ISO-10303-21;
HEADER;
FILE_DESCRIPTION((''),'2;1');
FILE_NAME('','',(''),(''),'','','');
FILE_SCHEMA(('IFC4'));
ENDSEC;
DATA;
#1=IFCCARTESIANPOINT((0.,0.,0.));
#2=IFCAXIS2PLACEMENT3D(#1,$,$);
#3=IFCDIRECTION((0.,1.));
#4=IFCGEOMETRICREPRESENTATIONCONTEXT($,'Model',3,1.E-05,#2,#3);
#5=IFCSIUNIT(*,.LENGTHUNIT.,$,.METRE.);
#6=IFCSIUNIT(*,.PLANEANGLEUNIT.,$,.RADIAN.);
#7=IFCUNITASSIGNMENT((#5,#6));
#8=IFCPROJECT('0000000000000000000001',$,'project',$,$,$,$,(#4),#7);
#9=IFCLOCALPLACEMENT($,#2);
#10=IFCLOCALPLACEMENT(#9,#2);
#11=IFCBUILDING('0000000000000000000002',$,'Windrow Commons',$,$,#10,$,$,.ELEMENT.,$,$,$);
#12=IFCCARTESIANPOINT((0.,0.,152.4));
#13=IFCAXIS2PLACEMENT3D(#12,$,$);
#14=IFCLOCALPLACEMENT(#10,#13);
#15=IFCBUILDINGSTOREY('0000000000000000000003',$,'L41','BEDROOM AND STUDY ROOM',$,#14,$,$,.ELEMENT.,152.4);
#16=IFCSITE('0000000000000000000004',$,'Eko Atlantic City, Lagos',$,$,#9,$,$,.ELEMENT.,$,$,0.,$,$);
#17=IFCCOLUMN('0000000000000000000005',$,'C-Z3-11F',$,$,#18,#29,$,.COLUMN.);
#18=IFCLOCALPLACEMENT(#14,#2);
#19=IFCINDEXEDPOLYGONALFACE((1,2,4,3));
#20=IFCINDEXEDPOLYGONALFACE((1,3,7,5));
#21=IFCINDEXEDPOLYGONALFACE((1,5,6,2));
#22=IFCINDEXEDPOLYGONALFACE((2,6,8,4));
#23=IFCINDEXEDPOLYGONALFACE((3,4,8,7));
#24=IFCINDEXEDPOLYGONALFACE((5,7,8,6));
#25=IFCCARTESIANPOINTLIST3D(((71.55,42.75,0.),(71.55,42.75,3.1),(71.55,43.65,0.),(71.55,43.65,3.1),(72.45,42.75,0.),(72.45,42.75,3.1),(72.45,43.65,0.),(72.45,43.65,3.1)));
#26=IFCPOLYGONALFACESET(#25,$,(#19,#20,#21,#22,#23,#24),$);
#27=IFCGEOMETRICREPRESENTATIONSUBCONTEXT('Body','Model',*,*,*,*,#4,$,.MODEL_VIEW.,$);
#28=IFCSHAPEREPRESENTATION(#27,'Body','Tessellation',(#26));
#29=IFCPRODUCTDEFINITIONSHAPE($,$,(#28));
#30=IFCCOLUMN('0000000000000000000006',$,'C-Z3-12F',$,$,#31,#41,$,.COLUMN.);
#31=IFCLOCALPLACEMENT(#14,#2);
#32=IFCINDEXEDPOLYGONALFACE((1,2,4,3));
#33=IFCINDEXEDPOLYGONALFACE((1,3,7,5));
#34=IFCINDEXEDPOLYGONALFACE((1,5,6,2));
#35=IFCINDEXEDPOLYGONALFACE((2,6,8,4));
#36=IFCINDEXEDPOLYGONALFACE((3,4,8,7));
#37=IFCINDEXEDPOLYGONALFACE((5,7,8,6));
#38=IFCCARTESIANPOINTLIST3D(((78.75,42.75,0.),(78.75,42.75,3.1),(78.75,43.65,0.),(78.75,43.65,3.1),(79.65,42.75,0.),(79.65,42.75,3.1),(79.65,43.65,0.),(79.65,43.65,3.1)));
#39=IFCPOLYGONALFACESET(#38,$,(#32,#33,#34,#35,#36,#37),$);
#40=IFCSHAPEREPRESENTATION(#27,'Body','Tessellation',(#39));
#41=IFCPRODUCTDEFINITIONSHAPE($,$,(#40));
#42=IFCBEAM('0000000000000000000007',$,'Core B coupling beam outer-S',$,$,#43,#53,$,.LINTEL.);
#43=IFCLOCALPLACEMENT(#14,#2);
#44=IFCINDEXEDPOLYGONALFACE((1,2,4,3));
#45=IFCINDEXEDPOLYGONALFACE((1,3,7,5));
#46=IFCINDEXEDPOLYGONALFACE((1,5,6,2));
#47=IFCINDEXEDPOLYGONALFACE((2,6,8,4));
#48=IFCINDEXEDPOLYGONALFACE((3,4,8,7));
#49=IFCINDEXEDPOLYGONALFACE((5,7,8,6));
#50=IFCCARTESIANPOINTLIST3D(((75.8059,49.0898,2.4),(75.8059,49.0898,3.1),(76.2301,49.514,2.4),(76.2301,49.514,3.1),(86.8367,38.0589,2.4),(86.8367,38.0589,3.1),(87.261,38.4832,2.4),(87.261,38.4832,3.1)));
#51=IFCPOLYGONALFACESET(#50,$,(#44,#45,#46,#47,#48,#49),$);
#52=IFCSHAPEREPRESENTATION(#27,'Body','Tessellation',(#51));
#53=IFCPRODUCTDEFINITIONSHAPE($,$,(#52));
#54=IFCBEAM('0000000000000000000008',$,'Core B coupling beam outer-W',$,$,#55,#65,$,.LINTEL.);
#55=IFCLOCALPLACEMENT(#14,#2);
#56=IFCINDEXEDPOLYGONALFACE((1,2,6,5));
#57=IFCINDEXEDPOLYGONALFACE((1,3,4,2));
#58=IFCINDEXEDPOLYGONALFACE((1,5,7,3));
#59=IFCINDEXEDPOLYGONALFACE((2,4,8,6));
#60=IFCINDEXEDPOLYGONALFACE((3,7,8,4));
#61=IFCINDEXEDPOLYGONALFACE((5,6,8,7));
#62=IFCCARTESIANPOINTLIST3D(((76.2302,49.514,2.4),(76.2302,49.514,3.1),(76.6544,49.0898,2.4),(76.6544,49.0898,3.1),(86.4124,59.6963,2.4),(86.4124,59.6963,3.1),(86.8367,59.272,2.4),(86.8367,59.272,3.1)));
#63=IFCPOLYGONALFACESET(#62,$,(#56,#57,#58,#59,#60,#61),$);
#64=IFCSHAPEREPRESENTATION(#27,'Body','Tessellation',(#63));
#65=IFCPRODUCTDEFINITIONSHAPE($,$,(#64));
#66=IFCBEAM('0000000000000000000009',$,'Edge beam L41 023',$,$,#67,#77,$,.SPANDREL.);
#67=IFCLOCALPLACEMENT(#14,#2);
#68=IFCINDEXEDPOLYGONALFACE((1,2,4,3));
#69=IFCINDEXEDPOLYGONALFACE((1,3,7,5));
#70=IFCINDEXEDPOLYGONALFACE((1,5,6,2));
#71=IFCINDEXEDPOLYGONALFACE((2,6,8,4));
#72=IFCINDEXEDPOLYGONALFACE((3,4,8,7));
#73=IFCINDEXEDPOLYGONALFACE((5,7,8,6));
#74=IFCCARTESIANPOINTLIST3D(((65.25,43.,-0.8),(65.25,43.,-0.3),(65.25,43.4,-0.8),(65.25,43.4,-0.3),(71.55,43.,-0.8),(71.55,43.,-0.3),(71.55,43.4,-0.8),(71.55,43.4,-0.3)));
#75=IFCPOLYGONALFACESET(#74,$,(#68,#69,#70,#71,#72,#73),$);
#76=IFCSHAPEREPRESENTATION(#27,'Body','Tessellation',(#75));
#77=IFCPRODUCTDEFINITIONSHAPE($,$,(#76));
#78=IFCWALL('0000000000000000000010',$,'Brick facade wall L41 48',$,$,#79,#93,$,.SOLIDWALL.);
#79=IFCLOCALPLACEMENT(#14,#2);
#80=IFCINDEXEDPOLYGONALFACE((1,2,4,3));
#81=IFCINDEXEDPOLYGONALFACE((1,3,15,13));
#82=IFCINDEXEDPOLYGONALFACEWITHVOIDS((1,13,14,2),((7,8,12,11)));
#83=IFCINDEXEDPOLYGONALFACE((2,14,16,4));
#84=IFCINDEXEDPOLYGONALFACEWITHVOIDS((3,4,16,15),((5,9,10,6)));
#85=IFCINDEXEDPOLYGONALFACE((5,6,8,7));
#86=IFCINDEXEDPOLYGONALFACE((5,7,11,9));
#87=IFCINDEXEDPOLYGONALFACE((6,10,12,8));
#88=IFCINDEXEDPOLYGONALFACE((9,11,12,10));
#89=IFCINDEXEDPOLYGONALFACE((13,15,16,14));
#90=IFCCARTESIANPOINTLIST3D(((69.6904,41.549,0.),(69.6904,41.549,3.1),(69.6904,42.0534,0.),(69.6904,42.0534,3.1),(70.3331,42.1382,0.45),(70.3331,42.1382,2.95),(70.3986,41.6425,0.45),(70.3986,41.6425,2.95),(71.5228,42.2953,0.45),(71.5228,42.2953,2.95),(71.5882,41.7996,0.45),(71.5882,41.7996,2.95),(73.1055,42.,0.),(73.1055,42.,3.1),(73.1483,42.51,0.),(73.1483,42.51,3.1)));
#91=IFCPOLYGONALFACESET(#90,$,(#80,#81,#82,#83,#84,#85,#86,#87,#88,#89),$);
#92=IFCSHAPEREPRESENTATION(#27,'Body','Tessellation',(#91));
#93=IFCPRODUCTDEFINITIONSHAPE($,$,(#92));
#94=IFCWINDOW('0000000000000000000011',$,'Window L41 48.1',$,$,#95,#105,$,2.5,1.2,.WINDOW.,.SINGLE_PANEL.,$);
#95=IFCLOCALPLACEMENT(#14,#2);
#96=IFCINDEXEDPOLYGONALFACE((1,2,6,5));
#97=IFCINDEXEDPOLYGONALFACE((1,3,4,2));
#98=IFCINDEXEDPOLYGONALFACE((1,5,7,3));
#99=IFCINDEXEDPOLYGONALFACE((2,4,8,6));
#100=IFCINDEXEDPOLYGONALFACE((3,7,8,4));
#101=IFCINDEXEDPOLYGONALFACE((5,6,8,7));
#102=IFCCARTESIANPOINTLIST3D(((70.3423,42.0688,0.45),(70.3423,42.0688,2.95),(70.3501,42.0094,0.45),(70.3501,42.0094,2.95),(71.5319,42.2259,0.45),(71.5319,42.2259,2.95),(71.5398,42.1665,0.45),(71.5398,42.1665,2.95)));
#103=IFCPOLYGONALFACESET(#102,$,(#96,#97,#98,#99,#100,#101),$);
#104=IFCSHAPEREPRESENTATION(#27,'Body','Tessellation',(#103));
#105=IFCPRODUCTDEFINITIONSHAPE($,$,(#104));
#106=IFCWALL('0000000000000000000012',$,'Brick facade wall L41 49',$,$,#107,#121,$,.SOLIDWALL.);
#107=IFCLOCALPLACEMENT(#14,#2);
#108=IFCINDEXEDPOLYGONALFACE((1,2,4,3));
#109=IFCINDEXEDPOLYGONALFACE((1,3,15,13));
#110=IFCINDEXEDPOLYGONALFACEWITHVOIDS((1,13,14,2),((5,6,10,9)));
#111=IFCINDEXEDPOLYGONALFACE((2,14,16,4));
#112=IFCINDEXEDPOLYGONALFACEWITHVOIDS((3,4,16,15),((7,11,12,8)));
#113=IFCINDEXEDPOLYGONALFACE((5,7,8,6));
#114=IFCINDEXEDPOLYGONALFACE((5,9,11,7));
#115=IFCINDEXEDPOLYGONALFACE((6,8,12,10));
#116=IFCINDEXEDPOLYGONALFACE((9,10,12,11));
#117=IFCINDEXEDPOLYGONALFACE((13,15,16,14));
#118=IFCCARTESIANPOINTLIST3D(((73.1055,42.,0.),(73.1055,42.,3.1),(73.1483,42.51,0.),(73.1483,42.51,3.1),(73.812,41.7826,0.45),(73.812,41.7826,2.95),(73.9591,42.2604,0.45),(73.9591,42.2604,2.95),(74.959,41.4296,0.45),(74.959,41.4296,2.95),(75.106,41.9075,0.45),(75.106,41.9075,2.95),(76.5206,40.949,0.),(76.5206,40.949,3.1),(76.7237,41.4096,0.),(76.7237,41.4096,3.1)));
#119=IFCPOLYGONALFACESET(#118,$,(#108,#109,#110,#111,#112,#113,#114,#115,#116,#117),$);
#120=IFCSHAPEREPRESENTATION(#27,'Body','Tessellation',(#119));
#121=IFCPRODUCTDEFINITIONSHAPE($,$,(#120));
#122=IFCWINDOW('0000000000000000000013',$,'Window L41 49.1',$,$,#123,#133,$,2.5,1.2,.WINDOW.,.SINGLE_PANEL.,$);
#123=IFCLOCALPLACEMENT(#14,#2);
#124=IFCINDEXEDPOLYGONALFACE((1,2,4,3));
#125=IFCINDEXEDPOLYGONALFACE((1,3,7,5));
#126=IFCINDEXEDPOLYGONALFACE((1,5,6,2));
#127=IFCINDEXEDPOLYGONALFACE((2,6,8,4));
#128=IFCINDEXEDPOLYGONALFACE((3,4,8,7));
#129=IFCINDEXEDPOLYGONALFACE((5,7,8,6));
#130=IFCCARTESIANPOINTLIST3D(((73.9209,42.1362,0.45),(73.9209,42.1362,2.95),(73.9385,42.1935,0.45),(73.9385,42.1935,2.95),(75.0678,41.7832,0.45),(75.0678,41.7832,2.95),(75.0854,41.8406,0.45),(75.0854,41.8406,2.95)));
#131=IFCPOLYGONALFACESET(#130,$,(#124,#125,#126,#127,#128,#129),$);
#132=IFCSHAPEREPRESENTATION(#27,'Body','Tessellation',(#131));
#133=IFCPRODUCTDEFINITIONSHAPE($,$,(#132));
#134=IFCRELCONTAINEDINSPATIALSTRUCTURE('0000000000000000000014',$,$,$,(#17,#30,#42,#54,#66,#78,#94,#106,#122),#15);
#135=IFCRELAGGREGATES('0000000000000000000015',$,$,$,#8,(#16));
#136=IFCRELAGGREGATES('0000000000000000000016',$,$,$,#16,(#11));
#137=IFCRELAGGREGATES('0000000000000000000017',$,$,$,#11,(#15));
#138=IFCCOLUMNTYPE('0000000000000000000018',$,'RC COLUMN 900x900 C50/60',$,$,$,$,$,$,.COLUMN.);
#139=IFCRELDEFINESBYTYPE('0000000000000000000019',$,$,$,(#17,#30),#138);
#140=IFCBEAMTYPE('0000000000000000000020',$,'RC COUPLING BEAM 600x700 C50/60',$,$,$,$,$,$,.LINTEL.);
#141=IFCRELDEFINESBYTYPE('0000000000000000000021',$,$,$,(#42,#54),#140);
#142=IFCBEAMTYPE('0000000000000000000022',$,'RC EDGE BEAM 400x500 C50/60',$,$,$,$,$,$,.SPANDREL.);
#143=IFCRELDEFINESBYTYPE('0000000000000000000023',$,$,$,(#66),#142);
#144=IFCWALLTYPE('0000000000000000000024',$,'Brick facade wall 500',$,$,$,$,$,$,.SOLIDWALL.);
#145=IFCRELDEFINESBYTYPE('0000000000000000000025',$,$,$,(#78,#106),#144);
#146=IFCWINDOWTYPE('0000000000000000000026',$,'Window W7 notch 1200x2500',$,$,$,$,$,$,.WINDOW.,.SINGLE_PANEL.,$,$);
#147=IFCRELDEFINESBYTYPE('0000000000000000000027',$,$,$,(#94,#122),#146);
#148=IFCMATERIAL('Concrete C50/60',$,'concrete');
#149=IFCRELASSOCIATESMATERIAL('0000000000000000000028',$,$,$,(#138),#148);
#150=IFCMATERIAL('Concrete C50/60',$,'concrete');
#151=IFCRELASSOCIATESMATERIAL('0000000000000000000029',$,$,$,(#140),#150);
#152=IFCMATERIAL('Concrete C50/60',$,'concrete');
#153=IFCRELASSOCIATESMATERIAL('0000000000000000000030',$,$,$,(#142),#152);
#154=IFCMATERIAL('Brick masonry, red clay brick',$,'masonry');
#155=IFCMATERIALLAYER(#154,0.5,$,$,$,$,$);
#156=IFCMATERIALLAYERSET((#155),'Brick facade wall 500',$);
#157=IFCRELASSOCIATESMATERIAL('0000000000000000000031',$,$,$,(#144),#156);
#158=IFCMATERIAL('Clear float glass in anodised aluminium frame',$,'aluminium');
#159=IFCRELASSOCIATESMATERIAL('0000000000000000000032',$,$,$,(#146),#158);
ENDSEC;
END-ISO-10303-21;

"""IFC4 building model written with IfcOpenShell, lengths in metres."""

from ifc_helpers import new_model, si_unit, direction, frame, frame_2d, origin, origin_2d, place, context, subcontext, project, spatial, polyline, rectangle, outline, extrude, material, layer, layer_set, material_profile, profile_set, type_object, element, fill, save


model = new_model("IFC4")

# Units and contexts
model_context = context("Model", 3, precision=1e-05, world=origin(), true_north=direction((0.0, 1.0)))
body_context = subcontext(model_context, "Body", "Model", "MODEL_VIEW")
ifc_project = project(units=[si_unit("LENGTHUNIT", "METRE"), si_unit("PLANEANGLEUNIT", "RADIAN")], contexts=[model_context])

# Site, building, storey
site_placement = place(None, origin())
site = spatial("IfcSite", under=ifc_project, at=site_placement, Name="Eko Atlantic City, Lagos", CompositionType="ELEMENT", RefElevation=0.0)
building_placement = place(site_placement, origin())
building = spatial("IfcBuilding", under=site, at=building_placement, Name="Windrow Commons", CompositionType="ELEMENT")
storey_placement = place(building_placement, frame((0.0, 0.0, 152.4)))
storey = spatial("IfcBuildingStorey", under=building, at=storey_placement, Name="L41", Description="BEDROOM AND STUDY ROOM", CompositionType="ELEMENT", Elevation=152.4)

# Columns
ifc_material_1 = material(Name="Concrete C50/60", Category="concrete")
ifc_material_profile_1 = material_profile(ifc_material_1, rectangle(XDim=0.9, YDim=0.9, at=origin_2d()))
ifc_profile_set_1 = profile_set([ifc_material_profile_1], Name="Concrete C50/60")
column_type = type_object("IfcColumnType", Name="RC COLUMN 900x900 C50/60", PredefinedType="COLUMN", material=ifc_profile_set_1)
for number, where, z_axis, x_axis, name in (
    (1, (72.0, 43.2, 0.0), (0.0, 0.0, 1.0), (1.0, 0.0, 0.0), "C-Z3-11F"),
    (2, (79.2, 43.2, 0.0), (0.0, 0.0, 1.0), (1.0, 0.0, 0.0), "C-Z3-12F"),
):
    element("IfcColumn", number, at=place(storey_placement, frame(where, z_axis=z_axis, x_axis=x_axis)), inside=storey, type_object=column_type, Name=name, PredefinedType="COLUMN", context=body_context, shape_type="SweptSolid", body=[
        extrude(rectangle(XDim=0.9, YDim=0.9, at=origin_2d()), origin(), (0.0, 0.0, 1.0), 3.1),
    ])

# Beams
ifc_material_2 = material(Name="Concrete C50/60", Category="concrete")
ifc_material_profile_2 = material_profile(ifc_material_2, rectangle(XDim=0.6, YDim=0.7, at=origin_2d()))
ifc_profile_set_2 = profile_set([ifc_material_profile_2], Name="Concrete C50/60")
beam_type_1 = type_object("IfcBeamType", Name="RC COUPLING BEAM 600x700 C50/60", PredefinedType="LINTEL", material=ifc_profile_set_2)
beam_1_placement = place(storey_placement, frame((76.018, 49.3019, 2.75), z_axis=(0.707107, -0.707107, 0.0), x_axis=(0.707107, 0.707107, 0.0)))
element("IfcBeam", 3, at=beam_1_placement, inside=storey, type_object=beam_type_1, Name="Core B coupling beam outer-S", PredefinedType="LINTEL", context=body_context, shape_type="SweptSolid", body=[
    extrude(rectangle(XDim=0.6, YDim=0.7, at=origin_2d()), origin(), (0.0, 0.0, 1.0), 15.6),
])
beam_2_placement = place(storey_placement, frame((76.4423, 49.3019, 2.75), z_axis=(0.707107, 0.707107, 0.0), x_axis=(-0.707107, 0.707107, 0.0)))
element("IfcBeam", 4, at=beam_2_placement, inside=storey, type_object=beam_type_1, Name="Core B coupling beam outer-W", PredefinedType="LINTEL", context=body_context, shape_type="SweptSolid", body=[
    extrude(rectangle(XDim=0.6, YDim=0.7, at=origin_2d()), origin(), (0.0, 0.0, 1.0), 14.3999),
])
ifc_material_3 = material(Name="Concrete C50/60", Category="concrete")
ifc_material_profile_3 = material_profile(ifc_material_3, rectangle(XDim=0.4, YDim=0.5, at=origin_2d()))
ifc_profile_set_3 = profile_set([ifc_material_profile_3], Name="Concrete C50/60")
beam_type_2 = type_object("IfcBeamType", Name="RC EDGE BEAM 400x500 C50/60", PredefinedType="SPANDREL", material=ifc_profile_set_3)
beam_3_placement = place(storey_placement, frame((71.55, 43.2, -0.55), z_axis=(-1.0, 0.0, 0.0), x_axis=(0.0, -1.0, 0.0)))
element("IfcBeam", 5, at=beam_3_placement, inside=storey, type_object=beam_type_2, Name="Edge beam L41 023", PredefinedType="SPANDREL", context=body_context, shape_type="SweptSolid", body=[
    extrude(rectangle(XDim=0.4, YDim=0.5, at=origin_2d()), origin(), (0.0, 0.0, 1.0), 6.3),
])

# Walls, openings, windows
ifc_material_4 = material(Name="Brick masonry, red clay brick", Category="masonry")
ifc_layer_1 = layer(ifc_material_4, 0.5)
ifc_layer_set_1 = layer_set([ifc_layer_1], Name="Brick facade wall 500")
wall_type_1 = type_object("IfcWallType", Name="Brick facade wall 500", PredefinedType="SOLIDWALL", material=ifc_layer_set_1)
wall_1_placement = place(storey_placement, frame((69.6904, 41.8012, 0.0), z_axis=(0.0, 0.0, 1.0), x_axis=(0.991393, 0.130916, 0.0)))
wall_1 = element("IfcWall", 6, at=wall_1_placement, inside=storey, type_object=wall_type_1, Name="Brick facade wall L41 48", PredefinedType="SOLIDWALL", context=body_context, shape_type="SweptSolid", body=[
    extrude(outline(polyline([(-0.033, -0.25), (3.4117, -0.25), (3.5209, 0.25), (0.033, 0.25), (-0.033, -0.25)])), origin(), (0.0, 0.0, 1.0), 3.1),
])
opening_1_placement = place(wall_1_placement, frame((0.6813, 0.0, 0.45)))
opening_1 = element("IfcOpeningElement", 7, at=opening_1_placement, cuts=wall_1, PredefinedType="OPENING", context=body_context, shape_type="SweptSolid", body=[
    extrude(rectangle(XDim=1.2, YDim=2.5, at=frame_2d((0.6, 1.25))), frame((0.0, 0.26, 0.0), z_axis=(0.0, -1.0, 0.0), x_axis=(1.0, 0.0, 0.0)), (0.0, 0.0, 1.0), 0.52),
])
ifc_material_5 = material(Name="Clear float glass in anodised aluminium frame", Category="aluminium")
window_type = type_object("IfcWindowType", Name="Window W7 notch 1200x2500", PartitioningType="SINGLE_PANEL", PredefinedType="WINDOW", material=ifc_material_5)
window_1_placement = place(opening_1_placement, origin())
window_1 = element("IfcWindow", 8, at=window_1_placement, inside=storey, type_object=window_type, Name="Window L41 48.1", OverallHeight=2.5, OverallWidth=1.2, PartitioningType="SINGLE_PANEL", PredefinedType="WINDOW", context=body_context, shape_type="SweptSolid", body=[
    extrude(rectangle(XDim=1.2, YDim=2.5, at=frame_2d((0.6, 1.25))), frame((0.0, 0.18, 0.0), z_axis=(0.0, -1.0, 0.0), x_axis=(1.0, 0.0, 0.0)), (0.0, 0.0, 1.0), 0.06),
])
fill(opening_1, window_1)
wall_2_placement = place(storey_placement, frame((73.1269, 42.255, 0.0), z_axis=(0.0, 0.0, 1.0), x_axis=(0.955759, -0.294149, 0.0)))
wall_2 = element("IfcWall", 9, at=wall_2_placement, inside=storey, type_object=wall_type_1, Name="Brick facade wall L41 49", PredefinedType="SOLIDWALL", context=body_context, shape_type="SweptSolid", body=[
    extrude(outline(polyline([(0.0546, -0.25), (3.6277, -0.25), (3.6863, 0.25), (-0.0546, 0.25), (0.0546, -0.25)])), origin(), (0.0, 0.0, 1.0), 3.1),
])
opening_2_placement = place(wall_2_placement, frame((0.7938, 0.0, 0.45)))
opening_2 = element("IfcOpeningElement", 10, at=opening_2_placement, cuts=wall_2, PredefinedType="OPENING", context=body_context, shape_type="SweptSolid", body=[
    extrude(rectangle(XDim=1.2, YDim=2.5, at=frame_2d((0.6, 1.25))), frame((0.0, 0.26, 0.0), z_axis=(0.0, -1.0, 0.0), x_axis=(1.0, 0.0, 0.0)), (0.0, 0.0, 1.0), 0.52),
])
window_2_placement = place(opening_2_placement, origin())
window_2 = element("IfcWindow", 11, at=window_2_placement, inside=storey, type_object=window_type, Name="Window L41 49.1", OverallHeight=2.5, OverallWidth=1.2, PartitioningType="SINGLE_PANEL", PredefinedType="WINDOW", context=body_context, shape_type="SweptSolid", body=[
    extrude(rectangle(XDim=1.2, YDim=2.5, at=frame_2d((0.6, 1.25))), frame((0.0, 0.18, 0.0), z_axis=(0.0, -1.0, 0.0), x_axis=(1.0, 0.0, 0.0)), (0.0, 0.0, 1.0), 0.06),
])
fill(opening_2, window_2)

save(model, "model.ifc")
